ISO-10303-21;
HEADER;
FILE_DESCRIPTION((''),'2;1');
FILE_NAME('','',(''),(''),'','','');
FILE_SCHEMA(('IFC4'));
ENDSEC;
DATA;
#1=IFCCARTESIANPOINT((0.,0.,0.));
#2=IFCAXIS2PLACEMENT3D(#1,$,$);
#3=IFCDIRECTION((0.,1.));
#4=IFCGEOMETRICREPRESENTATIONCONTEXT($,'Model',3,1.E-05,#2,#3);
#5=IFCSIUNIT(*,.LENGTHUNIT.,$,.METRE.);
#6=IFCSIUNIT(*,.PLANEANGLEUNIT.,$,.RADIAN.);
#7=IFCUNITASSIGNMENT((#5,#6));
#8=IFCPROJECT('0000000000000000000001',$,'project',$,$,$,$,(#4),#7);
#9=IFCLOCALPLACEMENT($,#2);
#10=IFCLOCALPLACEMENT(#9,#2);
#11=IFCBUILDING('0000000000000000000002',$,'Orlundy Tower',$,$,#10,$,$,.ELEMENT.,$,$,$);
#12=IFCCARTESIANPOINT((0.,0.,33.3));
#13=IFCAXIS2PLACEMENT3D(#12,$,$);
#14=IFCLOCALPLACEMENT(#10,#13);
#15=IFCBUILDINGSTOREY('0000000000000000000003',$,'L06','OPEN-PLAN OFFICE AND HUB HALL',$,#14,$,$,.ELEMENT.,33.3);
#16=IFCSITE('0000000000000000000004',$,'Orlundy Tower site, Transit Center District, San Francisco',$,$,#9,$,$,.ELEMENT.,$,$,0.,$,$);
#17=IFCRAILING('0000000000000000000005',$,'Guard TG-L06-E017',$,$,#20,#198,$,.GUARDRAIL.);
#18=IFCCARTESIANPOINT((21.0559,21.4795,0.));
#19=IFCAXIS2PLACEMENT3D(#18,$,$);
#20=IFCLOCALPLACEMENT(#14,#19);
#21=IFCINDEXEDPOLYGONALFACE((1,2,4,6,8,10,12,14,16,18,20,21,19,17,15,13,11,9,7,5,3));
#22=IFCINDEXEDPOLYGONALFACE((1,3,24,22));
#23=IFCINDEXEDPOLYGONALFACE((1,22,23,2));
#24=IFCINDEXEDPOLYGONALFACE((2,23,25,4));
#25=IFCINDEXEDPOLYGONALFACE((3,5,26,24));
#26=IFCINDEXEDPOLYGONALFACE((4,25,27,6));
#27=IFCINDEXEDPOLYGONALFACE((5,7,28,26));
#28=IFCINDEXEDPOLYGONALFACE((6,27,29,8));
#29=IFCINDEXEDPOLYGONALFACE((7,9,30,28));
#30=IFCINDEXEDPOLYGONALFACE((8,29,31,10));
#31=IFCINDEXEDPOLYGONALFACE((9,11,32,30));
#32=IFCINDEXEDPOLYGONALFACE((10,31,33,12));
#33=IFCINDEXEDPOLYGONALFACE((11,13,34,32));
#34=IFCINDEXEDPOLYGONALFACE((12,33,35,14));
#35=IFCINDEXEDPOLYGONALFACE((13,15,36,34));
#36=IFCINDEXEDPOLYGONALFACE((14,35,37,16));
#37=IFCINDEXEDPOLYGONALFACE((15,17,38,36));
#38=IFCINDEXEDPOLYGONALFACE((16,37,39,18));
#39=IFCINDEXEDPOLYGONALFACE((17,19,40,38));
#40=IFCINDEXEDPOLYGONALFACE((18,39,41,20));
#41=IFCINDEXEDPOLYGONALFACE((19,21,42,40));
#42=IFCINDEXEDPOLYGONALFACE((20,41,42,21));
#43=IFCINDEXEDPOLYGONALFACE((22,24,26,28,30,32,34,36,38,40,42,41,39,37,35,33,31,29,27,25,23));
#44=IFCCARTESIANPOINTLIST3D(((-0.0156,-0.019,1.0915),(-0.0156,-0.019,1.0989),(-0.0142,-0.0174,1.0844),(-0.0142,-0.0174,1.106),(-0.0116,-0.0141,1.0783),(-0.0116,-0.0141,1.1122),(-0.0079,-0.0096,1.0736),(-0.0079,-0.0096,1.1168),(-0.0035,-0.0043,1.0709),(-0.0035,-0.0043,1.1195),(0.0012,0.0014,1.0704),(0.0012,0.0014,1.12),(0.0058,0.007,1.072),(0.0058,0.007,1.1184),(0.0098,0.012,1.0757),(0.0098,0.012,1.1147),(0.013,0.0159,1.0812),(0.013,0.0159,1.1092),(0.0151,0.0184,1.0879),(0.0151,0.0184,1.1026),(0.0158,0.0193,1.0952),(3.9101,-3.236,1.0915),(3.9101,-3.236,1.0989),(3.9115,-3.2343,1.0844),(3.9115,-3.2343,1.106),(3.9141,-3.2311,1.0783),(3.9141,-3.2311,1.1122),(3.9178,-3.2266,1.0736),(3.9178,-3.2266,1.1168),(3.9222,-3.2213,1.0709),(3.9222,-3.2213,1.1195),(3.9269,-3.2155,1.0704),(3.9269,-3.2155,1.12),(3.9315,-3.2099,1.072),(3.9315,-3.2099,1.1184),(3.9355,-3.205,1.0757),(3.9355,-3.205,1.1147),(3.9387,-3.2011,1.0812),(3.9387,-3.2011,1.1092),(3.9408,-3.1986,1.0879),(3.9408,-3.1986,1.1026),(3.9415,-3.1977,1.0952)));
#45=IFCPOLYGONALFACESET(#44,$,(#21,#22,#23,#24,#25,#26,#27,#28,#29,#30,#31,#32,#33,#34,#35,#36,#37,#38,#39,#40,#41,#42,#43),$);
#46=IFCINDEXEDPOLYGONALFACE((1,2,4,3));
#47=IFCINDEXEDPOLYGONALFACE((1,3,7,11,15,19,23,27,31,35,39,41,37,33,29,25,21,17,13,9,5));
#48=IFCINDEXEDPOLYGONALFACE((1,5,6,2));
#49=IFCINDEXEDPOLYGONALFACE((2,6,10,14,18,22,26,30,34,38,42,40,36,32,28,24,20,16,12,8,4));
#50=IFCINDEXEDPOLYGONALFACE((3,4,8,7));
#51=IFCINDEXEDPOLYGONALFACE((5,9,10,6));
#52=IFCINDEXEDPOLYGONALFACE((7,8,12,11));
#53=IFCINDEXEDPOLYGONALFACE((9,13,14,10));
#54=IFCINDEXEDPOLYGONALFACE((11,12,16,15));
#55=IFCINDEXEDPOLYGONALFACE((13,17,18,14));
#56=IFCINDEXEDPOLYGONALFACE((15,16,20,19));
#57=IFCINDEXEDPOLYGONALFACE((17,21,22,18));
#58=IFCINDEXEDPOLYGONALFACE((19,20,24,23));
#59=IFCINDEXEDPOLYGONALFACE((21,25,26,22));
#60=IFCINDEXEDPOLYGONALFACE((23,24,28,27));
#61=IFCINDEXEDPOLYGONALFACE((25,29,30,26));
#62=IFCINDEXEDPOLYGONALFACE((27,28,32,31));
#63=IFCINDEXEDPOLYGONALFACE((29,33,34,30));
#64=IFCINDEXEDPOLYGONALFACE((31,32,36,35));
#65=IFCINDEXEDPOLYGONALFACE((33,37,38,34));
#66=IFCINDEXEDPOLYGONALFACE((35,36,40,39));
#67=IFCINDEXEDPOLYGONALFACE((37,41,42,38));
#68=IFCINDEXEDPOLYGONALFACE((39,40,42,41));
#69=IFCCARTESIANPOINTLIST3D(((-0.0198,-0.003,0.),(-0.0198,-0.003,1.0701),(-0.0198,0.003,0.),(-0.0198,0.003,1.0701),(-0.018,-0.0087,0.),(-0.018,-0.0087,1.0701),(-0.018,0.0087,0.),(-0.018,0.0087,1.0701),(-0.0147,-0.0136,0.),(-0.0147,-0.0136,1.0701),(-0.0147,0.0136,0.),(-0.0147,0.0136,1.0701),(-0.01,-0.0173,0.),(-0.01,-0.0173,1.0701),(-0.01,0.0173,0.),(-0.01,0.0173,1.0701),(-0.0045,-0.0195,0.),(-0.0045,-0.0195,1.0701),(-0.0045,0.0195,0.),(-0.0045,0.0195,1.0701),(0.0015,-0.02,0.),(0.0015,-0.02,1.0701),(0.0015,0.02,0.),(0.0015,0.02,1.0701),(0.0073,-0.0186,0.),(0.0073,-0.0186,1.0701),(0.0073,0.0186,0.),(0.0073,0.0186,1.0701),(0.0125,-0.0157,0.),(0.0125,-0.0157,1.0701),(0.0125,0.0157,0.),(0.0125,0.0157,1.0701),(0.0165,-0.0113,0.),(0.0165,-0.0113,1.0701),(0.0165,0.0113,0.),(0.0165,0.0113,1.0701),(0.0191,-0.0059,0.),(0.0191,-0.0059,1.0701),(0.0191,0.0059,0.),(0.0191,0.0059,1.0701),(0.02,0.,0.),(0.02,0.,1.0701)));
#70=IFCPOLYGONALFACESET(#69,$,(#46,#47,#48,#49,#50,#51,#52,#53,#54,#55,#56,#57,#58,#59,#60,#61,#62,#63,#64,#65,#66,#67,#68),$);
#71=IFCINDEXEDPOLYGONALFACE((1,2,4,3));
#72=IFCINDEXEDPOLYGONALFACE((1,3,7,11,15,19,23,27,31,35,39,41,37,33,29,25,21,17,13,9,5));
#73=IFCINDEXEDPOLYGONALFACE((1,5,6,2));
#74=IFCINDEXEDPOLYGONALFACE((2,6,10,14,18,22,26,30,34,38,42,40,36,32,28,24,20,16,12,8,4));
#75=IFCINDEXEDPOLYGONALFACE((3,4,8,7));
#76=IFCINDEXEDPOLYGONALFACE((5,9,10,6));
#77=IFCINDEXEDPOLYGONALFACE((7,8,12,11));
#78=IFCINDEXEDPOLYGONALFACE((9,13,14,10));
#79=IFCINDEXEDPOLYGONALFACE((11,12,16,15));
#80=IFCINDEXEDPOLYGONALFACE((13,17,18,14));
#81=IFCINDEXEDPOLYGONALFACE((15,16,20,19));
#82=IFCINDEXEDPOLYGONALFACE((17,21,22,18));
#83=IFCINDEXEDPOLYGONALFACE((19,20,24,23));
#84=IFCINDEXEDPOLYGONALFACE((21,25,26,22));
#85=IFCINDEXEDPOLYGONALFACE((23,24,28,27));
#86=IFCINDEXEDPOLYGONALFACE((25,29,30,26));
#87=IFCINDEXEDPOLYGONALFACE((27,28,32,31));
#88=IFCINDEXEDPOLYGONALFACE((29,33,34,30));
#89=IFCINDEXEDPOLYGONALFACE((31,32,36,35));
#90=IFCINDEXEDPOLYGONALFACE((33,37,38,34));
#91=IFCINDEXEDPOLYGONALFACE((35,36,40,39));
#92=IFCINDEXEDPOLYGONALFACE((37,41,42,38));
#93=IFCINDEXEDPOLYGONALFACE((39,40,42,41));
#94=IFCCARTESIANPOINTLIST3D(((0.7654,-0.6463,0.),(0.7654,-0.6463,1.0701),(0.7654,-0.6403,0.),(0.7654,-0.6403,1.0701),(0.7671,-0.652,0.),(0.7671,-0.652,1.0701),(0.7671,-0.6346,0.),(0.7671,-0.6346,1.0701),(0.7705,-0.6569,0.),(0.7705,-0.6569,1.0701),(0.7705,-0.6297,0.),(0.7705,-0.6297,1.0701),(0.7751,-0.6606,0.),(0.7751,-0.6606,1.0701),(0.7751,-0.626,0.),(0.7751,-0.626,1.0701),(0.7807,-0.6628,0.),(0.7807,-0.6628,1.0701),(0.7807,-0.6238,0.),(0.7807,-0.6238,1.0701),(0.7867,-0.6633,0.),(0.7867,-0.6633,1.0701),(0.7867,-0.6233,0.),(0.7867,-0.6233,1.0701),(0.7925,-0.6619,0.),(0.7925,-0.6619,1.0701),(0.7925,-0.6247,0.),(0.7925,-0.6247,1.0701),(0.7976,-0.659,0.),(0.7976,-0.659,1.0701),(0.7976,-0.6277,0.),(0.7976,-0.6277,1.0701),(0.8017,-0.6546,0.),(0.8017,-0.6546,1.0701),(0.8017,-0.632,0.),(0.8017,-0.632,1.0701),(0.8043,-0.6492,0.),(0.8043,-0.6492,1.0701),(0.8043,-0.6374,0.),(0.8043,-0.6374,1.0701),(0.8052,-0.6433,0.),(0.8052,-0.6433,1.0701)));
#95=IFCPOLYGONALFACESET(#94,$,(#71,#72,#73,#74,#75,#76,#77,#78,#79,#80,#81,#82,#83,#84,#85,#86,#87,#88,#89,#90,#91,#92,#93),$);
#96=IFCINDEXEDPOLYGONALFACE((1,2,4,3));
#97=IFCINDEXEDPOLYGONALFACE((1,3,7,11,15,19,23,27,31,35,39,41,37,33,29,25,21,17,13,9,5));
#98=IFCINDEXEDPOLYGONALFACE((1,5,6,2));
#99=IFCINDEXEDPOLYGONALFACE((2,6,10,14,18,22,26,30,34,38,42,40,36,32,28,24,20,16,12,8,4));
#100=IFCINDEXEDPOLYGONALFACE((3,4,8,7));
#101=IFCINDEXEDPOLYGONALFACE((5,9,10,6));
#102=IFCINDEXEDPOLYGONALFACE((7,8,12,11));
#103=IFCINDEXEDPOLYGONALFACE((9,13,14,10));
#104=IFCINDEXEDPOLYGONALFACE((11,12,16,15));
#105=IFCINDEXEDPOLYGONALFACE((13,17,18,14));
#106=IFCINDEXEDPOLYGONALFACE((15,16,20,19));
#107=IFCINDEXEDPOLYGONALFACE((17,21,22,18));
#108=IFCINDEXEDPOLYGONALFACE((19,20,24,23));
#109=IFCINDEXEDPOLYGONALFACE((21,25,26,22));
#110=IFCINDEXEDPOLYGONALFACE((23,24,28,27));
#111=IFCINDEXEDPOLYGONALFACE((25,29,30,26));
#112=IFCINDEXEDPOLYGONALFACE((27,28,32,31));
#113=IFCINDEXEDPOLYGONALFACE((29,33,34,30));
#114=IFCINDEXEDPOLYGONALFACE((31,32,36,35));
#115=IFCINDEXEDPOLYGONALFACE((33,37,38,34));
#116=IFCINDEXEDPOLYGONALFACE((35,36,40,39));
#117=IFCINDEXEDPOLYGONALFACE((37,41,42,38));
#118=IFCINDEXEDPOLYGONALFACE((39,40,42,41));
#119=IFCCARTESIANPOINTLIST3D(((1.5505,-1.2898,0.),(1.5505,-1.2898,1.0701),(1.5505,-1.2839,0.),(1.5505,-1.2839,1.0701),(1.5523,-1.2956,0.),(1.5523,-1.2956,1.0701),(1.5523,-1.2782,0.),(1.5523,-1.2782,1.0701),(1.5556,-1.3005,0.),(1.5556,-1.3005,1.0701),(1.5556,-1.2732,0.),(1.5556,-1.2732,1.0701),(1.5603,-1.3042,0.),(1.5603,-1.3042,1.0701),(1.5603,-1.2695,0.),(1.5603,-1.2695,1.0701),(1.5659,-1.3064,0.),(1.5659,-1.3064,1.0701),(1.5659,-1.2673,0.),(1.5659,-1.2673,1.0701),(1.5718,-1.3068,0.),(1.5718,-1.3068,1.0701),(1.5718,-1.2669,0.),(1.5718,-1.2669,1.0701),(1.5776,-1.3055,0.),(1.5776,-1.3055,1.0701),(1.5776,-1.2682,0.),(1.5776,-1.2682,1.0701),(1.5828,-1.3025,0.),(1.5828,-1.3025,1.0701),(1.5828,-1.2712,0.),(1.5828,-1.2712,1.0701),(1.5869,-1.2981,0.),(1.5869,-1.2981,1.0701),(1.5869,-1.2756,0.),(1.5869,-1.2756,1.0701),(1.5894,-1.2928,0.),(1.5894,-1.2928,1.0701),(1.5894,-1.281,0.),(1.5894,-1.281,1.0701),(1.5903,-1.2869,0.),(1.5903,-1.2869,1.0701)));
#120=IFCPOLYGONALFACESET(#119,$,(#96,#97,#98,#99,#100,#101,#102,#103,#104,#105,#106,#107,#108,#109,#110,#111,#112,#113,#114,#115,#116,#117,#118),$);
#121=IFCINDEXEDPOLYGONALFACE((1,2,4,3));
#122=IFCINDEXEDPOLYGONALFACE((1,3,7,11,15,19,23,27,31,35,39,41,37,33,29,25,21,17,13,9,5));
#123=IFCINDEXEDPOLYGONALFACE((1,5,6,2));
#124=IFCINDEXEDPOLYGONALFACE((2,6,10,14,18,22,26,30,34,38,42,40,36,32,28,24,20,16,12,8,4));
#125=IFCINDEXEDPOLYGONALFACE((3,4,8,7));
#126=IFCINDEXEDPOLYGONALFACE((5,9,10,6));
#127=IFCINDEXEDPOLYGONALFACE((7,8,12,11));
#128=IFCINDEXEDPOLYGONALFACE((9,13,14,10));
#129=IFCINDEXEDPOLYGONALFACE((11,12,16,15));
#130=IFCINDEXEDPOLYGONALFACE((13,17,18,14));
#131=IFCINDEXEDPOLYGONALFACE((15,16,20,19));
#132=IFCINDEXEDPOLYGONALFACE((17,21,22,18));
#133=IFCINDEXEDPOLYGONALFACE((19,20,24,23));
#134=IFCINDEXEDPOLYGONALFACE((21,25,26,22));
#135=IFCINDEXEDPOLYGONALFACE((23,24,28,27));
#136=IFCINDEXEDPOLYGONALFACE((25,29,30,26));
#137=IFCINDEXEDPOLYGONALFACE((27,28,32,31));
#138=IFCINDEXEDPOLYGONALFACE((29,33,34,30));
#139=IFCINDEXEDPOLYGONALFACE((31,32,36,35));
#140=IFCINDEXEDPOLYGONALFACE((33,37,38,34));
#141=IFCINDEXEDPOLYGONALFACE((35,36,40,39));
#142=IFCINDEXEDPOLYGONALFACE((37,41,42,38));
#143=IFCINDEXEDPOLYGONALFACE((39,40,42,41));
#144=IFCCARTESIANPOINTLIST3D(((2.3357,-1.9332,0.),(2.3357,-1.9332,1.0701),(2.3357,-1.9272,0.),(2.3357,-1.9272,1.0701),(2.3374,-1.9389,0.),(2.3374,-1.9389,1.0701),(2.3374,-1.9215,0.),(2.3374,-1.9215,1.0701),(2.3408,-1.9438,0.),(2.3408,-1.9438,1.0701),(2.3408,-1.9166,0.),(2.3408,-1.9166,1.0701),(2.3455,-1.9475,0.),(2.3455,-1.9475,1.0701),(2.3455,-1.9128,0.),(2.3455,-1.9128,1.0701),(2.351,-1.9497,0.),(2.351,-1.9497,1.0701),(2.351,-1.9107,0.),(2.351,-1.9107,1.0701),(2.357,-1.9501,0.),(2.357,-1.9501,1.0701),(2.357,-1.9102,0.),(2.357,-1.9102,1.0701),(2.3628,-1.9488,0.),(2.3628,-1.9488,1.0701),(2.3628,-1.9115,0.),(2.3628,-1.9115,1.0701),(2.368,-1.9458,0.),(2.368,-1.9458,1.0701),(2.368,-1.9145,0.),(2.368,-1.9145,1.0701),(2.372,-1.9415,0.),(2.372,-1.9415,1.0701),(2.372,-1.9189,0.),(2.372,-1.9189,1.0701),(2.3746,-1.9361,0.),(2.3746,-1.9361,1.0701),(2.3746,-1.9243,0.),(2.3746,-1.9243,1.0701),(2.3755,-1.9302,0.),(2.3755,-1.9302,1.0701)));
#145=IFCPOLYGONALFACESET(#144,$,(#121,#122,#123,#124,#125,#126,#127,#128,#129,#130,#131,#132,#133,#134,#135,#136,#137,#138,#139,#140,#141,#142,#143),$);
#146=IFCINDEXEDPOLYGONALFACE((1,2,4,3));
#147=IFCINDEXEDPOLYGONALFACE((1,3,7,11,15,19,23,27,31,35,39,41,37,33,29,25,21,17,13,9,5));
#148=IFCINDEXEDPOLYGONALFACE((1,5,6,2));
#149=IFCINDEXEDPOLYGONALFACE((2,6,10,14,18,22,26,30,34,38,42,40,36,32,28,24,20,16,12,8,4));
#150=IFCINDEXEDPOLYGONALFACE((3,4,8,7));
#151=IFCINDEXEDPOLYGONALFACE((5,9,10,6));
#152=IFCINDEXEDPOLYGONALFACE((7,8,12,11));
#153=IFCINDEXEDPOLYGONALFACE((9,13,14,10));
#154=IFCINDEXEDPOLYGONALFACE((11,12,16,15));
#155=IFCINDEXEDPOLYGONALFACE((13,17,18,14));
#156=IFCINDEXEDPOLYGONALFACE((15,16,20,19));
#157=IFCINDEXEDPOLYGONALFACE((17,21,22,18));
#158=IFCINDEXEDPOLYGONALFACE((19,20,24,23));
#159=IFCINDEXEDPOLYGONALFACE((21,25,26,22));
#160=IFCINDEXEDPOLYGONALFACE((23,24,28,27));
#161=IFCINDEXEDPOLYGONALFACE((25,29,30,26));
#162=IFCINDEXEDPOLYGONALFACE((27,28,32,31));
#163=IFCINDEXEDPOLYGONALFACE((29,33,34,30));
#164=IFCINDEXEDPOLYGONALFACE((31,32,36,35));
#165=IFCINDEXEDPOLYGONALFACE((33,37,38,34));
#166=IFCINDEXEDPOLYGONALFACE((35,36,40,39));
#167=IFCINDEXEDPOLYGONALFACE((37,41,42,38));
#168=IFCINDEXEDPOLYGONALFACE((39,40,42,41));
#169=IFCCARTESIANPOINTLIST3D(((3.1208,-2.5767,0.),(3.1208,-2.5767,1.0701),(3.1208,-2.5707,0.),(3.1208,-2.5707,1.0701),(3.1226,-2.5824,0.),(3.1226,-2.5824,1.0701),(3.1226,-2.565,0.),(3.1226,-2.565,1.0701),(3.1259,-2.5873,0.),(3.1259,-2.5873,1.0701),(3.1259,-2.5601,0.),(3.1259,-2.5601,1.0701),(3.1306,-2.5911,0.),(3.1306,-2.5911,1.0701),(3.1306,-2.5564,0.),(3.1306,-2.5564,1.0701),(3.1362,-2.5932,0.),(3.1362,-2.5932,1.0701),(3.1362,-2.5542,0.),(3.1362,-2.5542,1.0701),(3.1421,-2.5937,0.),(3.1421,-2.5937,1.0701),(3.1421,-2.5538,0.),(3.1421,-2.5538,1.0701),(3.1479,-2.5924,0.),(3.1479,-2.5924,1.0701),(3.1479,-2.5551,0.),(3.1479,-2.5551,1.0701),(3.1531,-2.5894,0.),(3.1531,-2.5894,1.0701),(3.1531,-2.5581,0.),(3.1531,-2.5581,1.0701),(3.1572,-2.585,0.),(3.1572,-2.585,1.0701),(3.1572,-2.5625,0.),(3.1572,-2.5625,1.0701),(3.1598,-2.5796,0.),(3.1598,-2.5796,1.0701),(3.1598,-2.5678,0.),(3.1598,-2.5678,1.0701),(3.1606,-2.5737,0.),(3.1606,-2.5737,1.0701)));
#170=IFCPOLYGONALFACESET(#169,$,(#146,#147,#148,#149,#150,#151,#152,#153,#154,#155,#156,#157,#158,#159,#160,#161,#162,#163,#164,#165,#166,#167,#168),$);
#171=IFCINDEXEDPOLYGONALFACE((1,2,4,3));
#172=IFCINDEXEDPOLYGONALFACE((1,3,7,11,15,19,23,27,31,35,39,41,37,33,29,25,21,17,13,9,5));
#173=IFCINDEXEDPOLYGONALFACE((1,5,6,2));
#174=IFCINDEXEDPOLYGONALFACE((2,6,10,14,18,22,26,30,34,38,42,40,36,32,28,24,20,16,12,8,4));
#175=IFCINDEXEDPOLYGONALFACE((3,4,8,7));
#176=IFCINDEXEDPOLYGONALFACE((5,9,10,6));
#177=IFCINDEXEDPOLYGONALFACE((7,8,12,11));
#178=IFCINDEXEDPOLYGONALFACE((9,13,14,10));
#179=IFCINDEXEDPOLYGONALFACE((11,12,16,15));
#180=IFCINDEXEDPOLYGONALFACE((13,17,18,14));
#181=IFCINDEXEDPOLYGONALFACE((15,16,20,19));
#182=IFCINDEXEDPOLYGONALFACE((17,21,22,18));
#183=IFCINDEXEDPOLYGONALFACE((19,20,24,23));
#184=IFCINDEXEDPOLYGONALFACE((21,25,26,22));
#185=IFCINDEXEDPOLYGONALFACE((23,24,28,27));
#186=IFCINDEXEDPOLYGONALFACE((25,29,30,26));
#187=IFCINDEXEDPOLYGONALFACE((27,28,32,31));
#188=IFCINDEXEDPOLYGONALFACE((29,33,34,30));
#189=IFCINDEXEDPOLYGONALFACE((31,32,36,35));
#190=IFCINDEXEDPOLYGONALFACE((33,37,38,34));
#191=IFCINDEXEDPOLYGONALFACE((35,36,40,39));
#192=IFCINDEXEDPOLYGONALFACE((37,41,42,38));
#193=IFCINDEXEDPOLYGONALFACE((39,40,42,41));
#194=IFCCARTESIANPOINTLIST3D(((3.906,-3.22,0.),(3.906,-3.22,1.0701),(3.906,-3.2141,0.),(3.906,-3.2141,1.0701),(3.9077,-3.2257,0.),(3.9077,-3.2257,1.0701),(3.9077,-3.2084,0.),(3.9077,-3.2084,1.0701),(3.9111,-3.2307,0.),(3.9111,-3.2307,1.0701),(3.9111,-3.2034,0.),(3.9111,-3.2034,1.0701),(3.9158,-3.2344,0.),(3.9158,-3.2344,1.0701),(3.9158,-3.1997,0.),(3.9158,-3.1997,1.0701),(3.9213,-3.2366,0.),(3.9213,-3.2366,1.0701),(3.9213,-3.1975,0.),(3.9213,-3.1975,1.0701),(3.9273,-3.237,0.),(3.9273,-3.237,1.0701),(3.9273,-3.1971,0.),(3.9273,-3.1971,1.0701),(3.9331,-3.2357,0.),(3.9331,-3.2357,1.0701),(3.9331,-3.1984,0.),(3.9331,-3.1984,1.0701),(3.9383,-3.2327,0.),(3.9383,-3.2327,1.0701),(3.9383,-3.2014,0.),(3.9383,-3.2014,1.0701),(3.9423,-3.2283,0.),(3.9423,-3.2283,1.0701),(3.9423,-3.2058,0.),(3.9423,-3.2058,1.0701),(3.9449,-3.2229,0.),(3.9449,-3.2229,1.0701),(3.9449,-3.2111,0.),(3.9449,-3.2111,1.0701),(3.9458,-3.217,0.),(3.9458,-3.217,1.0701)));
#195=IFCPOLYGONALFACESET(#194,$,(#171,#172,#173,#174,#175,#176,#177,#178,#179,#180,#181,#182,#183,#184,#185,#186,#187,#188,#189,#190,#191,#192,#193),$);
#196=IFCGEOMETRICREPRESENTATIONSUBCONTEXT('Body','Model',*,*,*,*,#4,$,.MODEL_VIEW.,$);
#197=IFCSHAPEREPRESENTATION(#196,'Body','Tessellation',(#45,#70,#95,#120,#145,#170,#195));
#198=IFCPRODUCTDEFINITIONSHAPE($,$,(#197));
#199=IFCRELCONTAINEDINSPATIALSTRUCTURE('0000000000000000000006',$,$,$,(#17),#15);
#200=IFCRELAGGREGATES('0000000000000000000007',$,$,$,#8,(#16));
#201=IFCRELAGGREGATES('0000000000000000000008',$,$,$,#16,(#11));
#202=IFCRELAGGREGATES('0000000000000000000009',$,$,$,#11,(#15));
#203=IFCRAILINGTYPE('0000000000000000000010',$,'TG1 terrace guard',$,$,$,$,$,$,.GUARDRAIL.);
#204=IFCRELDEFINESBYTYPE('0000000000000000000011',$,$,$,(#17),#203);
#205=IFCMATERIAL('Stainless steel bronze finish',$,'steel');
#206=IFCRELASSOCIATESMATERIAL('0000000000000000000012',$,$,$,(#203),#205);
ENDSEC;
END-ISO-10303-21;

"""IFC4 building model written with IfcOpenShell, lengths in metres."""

from ifc_helpers import new_model, si_unit, direction, frame, origin, origin_2d, place, context, subcontext, project, spatial, circle, extrude, material, type_object, element, save


model = new_model("IFC4")

# Units and contexts
model_context = context("Model", 3, precision=1e-05, world=origin(), true_north=direction((0.0, 1.0)))
body_context = subcontext(model_context, "Body", "Model", "MODEL_VIEW")
ifc_project = project(units=[si_unit("LENGTHUNIT", "METRE"), si_unit("PLANEANGLEUNIT", "RADIAN")], contexts=[model_context])

# Site, building, storey
site_placement = place(None, origin())
site = spatial("IfcSite", under=ifc_project, at=site_placement, Name="Orlundy Tower site, Transit Center District, San Francisco", CompositionType="ELEMENT", RefElevation=0.0)
building_placement = place(site_placement, origin())
building = spatial("IfcBuilding", under=site, at=building_placement, Name="Orlundy Tower", CompositionType="ELEMENT")
storey_placement = place(building_placement, frame((0.0, 0.0, 33.3)))
storey = spatial("IfcBuildingStorey", under=building, at=storey_placement, Name="L06", Description="OPEN-PLAN OFFICE AND HUB HALL", CompositionType="ELEMENT", Elevation=33.3)

# Railing
ifc_material_1 = material(Name="Stainless steel bronze finish", Category="steel")
railing_type = type_object("IfcRailingType", Name="TG1 terrace guard", PredefinedType="GUARDRAIL", material=ifc_material_1)
railing_1_placement = place(storey_placement, frame((21.0559, 21.4795, 0.0)))
element("IfcRailing", 1, at=railing_1_placement, inside=storey, type_object=railing_type, Name="Guard TG-L06-E017", PredefinedType="GUARDRAIL", context=body_context, shape_type="SweptSolid", body=[
    extrude(circle(Radius=0.0249, at=origin_2d()), frame((0.0, 0.0, 1.0952), z_axis=(0.773471, -0.633832, 0.0), x_axis=(0.633832, 0.773471, 0.0)), (0.0, 0.0, 1.0), 5.0754),
    extrude(circle(Radius=0.02, at=origin_2d()), origin(), (0.0, 0.0, 1.0), 1.0701),
    extrude(circle(Radius=0.02, at=origin_2d()), frame((0.7852, -0.6433, 0.0)), (0.0, 0.0, 1.0), 1.0701),
    extrude(circle(Radius=0.02, at=origin_2d()), frame((1.5703, -1.2869, 0.0)), (0.0, 0.0, 1.0), 1.0701),
    extrude(circle(Radius=0.02, at=origin_2d()), frame((2.3555, -1.9302, 0.0)), (0.0, 0.0, 1.0), 1.0701),
    extrude(circle(Radius=0.02, at=origin_2d()), frame((3.1406, -2.5737, 0.0)), (0.0, 0.0, 1.0), 1.0701),
    extrude(circle(Radius=0.02, at=origin_2d()), frame((3.9258, -3.217, 0.0)), (0.0, 0.0, 1.0), 1.0701),
])

save(model, "model.ifc")
